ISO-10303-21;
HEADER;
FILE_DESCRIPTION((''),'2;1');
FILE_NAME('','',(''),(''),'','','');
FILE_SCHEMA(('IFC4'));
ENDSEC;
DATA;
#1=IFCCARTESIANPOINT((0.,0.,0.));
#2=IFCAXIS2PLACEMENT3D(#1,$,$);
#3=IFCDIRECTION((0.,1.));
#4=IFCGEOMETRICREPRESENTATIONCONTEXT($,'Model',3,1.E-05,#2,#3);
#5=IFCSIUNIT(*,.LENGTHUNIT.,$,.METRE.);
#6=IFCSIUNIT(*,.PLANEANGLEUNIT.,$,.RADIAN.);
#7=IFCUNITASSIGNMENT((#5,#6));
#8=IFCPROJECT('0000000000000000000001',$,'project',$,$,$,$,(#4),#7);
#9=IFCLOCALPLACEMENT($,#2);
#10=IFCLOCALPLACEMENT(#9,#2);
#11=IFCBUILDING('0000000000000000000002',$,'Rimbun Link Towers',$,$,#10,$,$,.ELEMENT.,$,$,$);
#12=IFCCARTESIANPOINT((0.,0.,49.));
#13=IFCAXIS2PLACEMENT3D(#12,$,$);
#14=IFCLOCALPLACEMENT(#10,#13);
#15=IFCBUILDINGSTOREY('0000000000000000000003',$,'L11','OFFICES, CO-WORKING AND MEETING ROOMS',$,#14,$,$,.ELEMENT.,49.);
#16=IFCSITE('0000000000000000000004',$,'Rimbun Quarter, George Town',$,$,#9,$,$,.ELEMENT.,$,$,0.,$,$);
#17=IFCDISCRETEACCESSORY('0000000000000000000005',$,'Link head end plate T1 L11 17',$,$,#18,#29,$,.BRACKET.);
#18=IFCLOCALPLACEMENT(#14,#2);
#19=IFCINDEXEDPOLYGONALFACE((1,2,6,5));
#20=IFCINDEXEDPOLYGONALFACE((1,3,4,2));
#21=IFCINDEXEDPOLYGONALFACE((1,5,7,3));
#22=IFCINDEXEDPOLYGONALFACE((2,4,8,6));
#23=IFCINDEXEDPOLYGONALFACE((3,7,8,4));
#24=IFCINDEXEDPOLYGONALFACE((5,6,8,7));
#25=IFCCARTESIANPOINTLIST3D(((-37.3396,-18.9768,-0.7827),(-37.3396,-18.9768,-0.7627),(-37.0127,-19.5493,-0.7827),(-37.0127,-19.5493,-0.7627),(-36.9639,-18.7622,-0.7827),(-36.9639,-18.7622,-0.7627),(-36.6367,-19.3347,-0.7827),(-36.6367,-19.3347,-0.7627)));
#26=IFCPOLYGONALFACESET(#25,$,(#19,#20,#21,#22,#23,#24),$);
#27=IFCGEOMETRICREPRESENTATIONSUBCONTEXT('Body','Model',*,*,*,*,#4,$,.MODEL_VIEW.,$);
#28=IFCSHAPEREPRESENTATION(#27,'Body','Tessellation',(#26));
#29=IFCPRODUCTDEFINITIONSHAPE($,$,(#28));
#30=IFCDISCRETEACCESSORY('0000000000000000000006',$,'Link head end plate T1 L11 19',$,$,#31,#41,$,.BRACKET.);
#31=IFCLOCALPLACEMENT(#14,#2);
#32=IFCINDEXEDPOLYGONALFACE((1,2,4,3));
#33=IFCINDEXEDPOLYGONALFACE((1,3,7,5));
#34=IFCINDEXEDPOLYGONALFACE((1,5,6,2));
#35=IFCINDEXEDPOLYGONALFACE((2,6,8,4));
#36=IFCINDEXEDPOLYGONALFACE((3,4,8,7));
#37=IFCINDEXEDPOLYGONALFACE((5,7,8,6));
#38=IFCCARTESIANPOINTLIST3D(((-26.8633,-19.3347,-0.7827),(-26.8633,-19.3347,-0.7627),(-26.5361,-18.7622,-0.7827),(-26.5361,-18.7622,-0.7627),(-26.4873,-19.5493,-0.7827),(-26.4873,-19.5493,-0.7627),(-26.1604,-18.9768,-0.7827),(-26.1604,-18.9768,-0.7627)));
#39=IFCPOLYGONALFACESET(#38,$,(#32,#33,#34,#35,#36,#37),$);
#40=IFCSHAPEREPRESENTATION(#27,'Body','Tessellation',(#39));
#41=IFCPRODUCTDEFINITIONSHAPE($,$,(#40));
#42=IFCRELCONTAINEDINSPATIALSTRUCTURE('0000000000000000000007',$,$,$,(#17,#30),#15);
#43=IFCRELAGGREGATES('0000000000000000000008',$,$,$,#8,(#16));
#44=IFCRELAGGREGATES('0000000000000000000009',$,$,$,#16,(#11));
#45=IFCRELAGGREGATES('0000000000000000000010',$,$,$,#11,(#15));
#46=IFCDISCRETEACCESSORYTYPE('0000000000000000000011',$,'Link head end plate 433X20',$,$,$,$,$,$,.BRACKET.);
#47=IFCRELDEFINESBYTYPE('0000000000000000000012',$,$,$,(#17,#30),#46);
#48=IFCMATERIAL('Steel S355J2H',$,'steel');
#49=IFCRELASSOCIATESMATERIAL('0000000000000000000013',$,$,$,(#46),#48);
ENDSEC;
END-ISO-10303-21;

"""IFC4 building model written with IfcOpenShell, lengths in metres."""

from ifc_helpers import new_model, si_unit, direction, frame, origin, origin_2d, place, context, subcontext, project, spatial, polyline, rectangle, outline, extrude, material, material_profile, profile_set, type_object, element, save


model = new_model("IFC4")

# Units and contexts
model_context = context("Model", 3, precision=1e-05, world=origin(), true_north=direction((0.0, 1.0)))
body_context = subcontext(model_context, "Body", "Model", "MODEL_VIEW")
ifc_project = project(units=[si_unit("LENGTHUNIT", "METRE"), si_unit("PLANEANGLEUNIT", "RADIAN")], contexts=[model_context])

# Site, building, storey
site_placement = place(None, origin())
site = spatial("IfcSite", under=ifc_project, at=site_placement, Name="Rimbun Quarter, George Town", CompositionType="ELEMENT", RefElevation=0.0)
building_placement = place(site_placement, origin())
building = spatial("IfcBuilding", under=site, at=building_placement, Name="Rimbun Link Towers", CompositionType="ELEMENT")
storey_placement = place(building_placement, frame((0.0, 0.0, 49.0)))
storey = spatial("IfcBuildingStorey", under=building, at=storey_placement, Name="L11", Description="OFFICES, CO-WORKING AND MEETING ROOMS", CompositionType="ELEMENT", Elevation=49.0)

# Discrete accessories
ifc_material_1 = material(Name="Steel S355J2H", Category="steel")
ifc_material_profile_1 = material_profile(ifc_material_1, rectangle(XDim=0.4331, YDim=0.4331, at=origin_2d()), Name="PL 433x433")
ifc_profile_set_1 = profile_set([ifc_material_profile_1], Name="Steel S355J2H")
discrete_accessory_type_1 = type_object("IfcDiscreteAccessoryType", Name="Link head end plate 433X20", PredefinedType="BRACKET", material=ifc_profile_set_1)
discrete_accessory_1_placement = place(storey_placement, frame((0.0, 0.0, -0.7827)))
element("IfcDiscreteAccessory", 1, at=discrete_accessory_1_placement, inside=storey, type_object=discrete_accessory_type_1, Name="Link head end plate T1 L11 17", PredefinedType="BRACKET", context=body_context, shape_type="SweptSolid", body=[
    extrude(outline(polyline([(-37.3396, -18.9768), (-37.0127, -19.5493), (-36.6367, -19.3347), (-36.9639, -18.7622), (-37.3396, -18.9768)])), origin(), (0.0, 0.0, 1.0), 0.02),
])
discrete_accessory_2_placement = place(storey_placement, frame((0.0, 0.0, -0.7827)))
element("IfcDiscreteAccessory", 2, at=discrete_accessory_2_placement, inside=storey, type_object=discrete_accessory_type_1, Name="Link head end plate T1 L11 19", PredefinedType="BRACKET", context=body_context, shape_type="SweptSolid", body=[
    extrude(outline(polyline([(-26.5361, -18.7622), (-26.8633, -19.3347), (-26.4873, -19.5493), (-26.1604, -18.9768), (-26.5361, -18.7622)])), origin(), (0.0, 0.0, 1.0), 0.02),
])

save(model, "model.ifc")
